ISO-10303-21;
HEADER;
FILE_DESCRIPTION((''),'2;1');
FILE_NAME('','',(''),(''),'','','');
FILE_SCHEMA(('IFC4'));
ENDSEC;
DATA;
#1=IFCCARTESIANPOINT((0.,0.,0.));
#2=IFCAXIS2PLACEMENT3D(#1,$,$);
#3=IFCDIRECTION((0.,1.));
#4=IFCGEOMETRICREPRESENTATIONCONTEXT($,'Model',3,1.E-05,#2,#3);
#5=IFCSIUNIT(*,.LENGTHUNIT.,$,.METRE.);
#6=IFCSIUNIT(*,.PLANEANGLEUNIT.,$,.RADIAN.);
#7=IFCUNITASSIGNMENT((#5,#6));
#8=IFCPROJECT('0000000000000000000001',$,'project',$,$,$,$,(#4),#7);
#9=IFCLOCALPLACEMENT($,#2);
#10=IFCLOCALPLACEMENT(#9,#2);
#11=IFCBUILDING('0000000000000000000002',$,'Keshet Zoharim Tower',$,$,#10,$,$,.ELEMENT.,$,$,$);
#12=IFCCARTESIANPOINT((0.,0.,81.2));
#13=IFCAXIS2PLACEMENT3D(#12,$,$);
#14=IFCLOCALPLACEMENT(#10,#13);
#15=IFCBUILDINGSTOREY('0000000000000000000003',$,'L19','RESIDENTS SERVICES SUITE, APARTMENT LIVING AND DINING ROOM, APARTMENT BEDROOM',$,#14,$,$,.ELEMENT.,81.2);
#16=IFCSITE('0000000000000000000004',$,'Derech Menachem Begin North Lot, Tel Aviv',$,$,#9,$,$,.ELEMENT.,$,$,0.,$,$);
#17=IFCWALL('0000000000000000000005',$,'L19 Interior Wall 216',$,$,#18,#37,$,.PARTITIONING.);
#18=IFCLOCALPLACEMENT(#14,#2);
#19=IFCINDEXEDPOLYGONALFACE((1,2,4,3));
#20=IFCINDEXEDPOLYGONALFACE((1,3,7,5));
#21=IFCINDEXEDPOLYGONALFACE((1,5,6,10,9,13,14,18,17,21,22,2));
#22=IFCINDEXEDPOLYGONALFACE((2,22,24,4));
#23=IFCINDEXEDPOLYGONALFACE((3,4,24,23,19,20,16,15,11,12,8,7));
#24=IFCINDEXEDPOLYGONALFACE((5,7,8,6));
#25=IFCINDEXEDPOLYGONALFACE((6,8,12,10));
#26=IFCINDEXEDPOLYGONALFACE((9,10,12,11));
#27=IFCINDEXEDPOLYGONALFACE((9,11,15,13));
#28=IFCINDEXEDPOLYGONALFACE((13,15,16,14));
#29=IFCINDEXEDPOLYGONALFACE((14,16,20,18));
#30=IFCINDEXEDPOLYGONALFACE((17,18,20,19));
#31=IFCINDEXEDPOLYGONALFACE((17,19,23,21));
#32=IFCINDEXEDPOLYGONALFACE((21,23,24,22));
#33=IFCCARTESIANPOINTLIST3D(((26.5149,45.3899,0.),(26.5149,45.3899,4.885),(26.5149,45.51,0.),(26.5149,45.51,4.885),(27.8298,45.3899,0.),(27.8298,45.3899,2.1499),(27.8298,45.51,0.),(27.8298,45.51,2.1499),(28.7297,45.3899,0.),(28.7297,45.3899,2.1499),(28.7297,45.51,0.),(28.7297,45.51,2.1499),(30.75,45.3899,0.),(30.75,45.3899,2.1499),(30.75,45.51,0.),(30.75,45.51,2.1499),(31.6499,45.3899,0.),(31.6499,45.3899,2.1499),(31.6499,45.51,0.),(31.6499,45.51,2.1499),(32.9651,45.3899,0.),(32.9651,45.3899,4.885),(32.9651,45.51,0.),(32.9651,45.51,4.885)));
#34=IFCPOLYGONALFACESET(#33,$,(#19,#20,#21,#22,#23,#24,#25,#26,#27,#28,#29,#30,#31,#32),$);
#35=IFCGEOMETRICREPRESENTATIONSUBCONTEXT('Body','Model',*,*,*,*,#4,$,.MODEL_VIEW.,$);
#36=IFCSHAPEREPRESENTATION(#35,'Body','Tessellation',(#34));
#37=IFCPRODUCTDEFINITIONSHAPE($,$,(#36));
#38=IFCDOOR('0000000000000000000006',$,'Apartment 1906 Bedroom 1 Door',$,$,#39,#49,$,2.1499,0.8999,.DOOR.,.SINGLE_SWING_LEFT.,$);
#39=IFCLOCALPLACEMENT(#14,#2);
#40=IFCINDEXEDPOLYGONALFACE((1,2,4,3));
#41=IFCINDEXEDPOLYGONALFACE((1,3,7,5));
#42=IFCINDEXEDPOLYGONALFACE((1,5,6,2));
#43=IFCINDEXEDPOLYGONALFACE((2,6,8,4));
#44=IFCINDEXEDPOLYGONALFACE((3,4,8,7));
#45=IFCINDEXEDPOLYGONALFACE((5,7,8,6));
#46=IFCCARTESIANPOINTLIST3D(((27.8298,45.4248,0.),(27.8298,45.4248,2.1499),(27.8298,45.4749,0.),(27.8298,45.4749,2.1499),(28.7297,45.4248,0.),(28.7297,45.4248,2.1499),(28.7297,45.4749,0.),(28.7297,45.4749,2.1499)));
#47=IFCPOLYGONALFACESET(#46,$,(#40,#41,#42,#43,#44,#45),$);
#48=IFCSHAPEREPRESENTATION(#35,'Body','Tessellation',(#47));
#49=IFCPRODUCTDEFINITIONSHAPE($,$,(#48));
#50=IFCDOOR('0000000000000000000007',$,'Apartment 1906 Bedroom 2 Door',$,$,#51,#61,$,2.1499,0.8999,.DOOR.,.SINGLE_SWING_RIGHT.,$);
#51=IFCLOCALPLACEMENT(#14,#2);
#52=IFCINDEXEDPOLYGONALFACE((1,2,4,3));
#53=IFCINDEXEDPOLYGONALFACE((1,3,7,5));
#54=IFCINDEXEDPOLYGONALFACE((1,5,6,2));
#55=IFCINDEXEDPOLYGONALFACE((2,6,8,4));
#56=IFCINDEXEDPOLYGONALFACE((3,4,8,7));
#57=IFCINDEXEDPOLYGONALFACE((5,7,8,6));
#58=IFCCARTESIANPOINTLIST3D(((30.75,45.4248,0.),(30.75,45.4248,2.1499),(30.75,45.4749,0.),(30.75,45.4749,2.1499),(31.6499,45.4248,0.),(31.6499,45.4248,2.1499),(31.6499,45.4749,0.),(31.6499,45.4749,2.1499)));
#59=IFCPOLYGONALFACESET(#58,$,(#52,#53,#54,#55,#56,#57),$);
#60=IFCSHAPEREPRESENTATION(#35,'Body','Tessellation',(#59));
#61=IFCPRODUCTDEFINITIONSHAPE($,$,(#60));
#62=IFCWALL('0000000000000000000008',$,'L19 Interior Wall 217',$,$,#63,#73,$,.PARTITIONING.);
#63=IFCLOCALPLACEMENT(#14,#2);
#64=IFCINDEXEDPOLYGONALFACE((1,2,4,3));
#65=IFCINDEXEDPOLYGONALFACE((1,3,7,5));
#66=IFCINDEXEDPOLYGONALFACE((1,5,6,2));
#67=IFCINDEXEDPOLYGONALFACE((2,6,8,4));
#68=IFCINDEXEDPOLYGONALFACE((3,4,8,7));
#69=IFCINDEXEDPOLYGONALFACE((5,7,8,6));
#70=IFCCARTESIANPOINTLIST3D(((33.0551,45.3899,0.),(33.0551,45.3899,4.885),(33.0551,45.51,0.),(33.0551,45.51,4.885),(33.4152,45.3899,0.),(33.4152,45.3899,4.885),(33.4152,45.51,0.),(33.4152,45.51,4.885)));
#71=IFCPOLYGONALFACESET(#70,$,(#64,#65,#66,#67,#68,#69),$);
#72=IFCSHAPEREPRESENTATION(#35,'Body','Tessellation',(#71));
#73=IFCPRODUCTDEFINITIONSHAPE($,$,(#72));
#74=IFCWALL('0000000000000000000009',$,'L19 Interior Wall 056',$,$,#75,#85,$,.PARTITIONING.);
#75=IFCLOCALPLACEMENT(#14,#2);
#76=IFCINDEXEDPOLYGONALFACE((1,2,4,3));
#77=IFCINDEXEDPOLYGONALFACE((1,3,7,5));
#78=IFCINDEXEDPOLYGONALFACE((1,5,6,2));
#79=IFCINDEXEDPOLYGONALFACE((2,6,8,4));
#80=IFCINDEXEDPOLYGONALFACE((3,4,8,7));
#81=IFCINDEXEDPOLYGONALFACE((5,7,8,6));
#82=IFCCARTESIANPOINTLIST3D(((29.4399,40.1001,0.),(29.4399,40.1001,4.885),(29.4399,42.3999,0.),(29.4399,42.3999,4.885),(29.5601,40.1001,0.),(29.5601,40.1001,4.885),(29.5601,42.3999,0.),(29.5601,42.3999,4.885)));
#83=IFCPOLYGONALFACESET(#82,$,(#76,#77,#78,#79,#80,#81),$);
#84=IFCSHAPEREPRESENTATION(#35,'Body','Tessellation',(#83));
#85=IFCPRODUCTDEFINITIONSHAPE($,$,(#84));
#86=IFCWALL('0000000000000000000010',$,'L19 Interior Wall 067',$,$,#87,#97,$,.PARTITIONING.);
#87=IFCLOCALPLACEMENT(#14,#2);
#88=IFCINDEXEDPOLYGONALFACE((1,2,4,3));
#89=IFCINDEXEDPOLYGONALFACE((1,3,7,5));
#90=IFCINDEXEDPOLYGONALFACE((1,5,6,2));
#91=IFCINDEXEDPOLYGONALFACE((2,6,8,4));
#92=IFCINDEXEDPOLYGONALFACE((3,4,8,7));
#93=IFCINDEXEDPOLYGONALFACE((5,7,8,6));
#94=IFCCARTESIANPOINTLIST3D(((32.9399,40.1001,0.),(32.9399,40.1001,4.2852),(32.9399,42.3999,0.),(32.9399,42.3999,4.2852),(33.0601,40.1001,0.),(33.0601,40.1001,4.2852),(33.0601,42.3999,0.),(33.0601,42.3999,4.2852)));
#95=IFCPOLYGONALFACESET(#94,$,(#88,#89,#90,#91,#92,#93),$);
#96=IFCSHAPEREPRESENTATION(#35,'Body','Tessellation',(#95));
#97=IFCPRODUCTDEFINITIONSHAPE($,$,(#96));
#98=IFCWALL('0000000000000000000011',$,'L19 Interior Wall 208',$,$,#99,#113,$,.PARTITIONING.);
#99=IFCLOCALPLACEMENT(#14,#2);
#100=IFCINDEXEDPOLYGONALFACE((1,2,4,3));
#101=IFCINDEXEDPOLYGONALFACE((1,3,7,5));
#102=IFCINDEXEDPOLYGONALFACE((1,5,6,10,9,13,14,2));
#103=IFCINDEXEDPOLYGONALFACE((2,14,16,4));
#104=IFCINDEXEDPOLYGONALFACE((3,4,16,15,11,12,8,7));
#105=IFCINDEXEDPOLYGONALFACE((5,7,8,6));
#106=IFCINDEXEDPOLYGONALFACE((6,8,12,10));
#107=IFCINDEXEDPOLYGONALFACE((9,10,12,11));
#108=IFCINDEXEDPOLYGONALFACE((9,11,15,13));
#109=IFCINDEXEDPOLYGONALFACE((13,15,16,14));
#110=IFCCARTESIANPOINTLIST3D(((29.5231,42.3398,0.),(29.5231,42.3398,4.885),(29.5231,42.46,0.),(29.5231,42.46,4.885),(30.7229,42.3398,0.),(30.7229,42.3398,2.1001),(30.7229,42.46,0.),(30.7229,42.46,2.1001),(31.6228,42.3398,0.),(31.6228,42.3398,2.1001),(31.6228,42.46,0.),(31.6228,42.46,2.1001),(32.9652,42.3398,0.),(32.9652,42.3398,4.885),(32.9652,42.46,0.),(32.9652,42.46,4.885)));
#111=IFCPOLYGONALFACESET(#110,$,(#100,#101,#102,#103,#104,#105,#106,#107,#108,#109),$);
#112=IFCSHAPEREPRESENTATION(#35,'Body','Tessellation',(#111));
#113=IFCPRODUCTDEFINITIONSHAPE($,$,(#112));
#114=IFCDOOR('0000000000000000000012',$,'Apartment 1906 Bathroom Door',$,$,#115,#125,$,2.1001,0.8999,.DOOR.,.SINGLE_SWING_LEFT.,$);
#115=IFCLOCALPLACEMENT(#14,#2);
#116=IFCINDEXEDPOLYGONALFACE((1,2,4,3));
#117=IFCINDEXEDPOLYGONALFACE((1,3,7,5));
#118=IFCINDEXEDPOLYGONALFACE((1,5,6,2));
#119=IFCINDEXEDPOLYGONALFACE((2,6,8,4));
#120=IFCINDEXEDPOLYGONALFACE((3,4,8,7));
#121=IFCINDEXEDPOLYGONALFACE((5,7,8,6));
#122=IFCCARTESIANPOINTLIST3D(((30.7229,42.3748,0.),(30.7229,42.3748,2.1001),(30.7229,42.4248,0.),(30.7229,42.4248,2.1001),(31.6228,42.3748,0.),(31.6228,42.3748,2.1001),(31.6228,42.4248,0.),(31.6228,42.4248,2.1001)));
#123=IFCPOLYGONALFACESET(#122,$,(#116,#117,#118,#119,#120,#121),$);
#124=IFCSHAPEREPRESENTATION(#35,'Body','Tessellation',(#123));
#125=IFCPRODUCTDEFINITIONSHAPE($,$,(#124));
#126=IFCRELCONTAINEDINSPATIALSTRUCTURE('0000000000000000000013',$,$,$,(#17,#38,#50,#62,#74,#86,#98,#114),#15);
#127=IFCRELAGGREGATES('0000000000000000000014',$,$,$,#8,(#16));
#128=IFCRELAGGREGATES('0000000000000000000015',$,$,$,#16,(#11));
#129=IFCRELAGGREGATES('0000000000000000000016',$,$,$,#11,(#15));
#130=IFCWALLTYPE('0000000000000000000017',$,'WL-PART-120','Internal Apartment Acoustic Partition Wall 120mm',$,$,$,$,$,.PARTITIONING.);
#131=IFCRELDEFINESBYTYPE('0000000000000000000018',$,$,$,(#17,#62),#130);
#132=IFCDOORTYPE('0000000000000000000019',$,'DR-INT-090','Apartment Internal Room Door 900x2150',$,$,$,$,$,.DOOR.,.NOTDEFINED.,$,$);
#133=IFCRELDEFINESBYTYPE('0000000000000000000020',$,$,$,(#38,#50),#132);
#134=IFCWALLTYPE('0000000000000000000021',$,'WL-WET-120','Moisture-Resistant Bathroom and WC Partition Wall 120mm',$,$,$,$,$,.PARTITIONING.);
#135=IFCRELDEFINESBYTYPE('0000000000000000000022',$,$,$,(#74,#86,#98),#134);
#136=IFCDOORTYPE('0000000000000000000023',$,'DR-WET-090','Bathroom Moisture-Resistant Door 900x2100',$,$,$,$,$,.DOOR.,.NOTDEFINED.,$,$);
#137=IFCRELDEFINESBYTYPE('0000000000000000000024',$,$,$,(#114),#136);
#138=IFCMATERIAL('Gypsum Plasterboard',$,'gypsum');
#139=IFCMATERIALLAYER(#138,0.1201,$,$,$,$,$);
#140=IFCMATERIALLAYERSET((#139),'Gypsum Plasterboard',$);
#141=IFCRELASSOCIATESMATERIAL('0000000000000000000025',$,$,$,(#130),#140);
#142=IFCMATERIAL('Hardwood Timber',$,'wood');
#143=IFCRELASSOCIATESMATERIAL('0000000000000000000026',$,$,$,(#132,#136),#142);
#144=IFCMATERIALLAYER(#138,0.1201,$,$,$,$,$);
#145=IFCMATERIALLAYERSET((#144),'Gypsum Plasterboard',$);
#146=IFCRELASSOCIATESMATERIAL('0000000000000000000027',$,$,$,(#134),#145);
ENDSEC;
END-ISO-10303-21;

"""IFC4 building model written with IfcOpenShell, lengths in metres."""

from ifc_helpers import new_model, si_unit, direction, frame, frame_2d, origin, place, context, subcontext, project, spatial, rectangle, extrude, material, layer, layer_set, type_object, element, fill, save


model = new_model("IFC4")

# Units and contexts
model_context = context("Model", 3, precision=1e-05, world=origin(), true_north=direction((0.0, 1.0)))
body_context = subcontext(model_context, "Body", "Model", "MODEL_VIEW")
ifc_project = project(units=[si_unit("LENGTHUNIT", "METRE"), si_unit("PLANEANGLEUNIT", "RADIAN")], contexts=[model_context])

# Site, building, storey
site_placement = place(None, origin())
site = spatial("IfcSite", under=ifc_project, at=site_placement, Name="Derech Menachem Begin North Lot, Tel Aviv", CompositionType="ELEMENT", RefElevation=0.0)
building_placement = place(site_placement, origin())
building = spatial("IfcBuilding", under=site, at=building_placement, Name="Keshet Zoharim Tower", CompositionType="ELEMENT")
storey_placement = place(building_placement, frame((0.0, 0.0, 81.2)))
storey = spatial("IfcBuildingStorey", under=building, at=storey_placement, Name="L19", Description="RESIDENTS SERVICES SUITE, APARTMENT LIVING AND DINING ROOM, APARTMENT BEDROOM", CompositionType="ELEMENT", Elevation=81.2)

# Shared definitions
ifc_material_1 = material(Name="Gypsum Plasterboard", Category="gypsum")

# Shared definitions
ifc_material_2 = material(Name="Hardwood Timber", Category="wood")

# Shared definitions
ifc_layer_1 = layer(ifc_material_1, 0.1201)
ifc_layer_set_1 = layer_set([ifc_layer_1], Name="Gypsum Plasterboard")
wall_type_1 = type_object("IfcWallType", Name="WL-PART-120", Description="Internal Apartment Acoustic Partition Wall 120mm", PredefinedType="PARTITIONING", material=ifc_layer_set_1)

# Shared definitions
door_type_1 = type_object("IfcDoorType", Name="DR-INT-090", Description="Apartment Internal Room Door 900x2150", OperationType="NOTDEFINED", PredefinedType="DOOR", material=ifc_material_2)

# Wall, openings, doors
wall_1_placement = place(storey_placement, frame((26.5149, 45.45, 0.0), z_axis=(0.0, 0.0, 1.0), x_axis=(1.0, 0.0, 0.0)))
wall_1 = element("IfcWall", 1, at=wall_1_placement, inside=storey, type_object=wall_type_1, Name="L19 Interior Wall 216", PredefinedType="PARTITIONING", context=body_context, shape_type="SweptSolid", body=[
    extrude(rectangle(XDim=6.4502, YDim=0.1201, at=frame_2d((3.2251, 0.0))), origin(), (0.0, 0.0, 1.0), 4.885),
])
opening_1_placement = place(wall_1_placement, frame((1.3149, 0.0, 0.0)))
opening_1 = element("IfcOpeningElement", 2, at=opening_1_placement, cuts=wall_1, PredefinedType="OPENING", context=body_context, shape_type="SweptSolid", body=[
    extrude(rectangle(XDim=0.8999, YDim=2.1499, at=frame_2d((0.45, 1.075))), frame((0.0, 0.0701, 0.0), z_axis=(0.0, -1.0, 0.0), x_axis=(1.0, 0.0, 0.0)), (0.0, 0.0, 1.0), 0.1401),
])
opening_2_placement = place(wall_1_placement, frame((4.2351, 0.0, 0.0)))
opening_2 = element("IfcOpeningElement", 3, at=opening_2_placement, cuts=wall_1, PredefinedType="OPENING", context=body_context, shape_type="SweptSolid", body=[
    extrude(rectangle(XDim=0.8999, YDim=2.1499, at=frame_2d((0.45, 1.075))), frame((0.0, 0.0701, 0.0), z_axis=(0.0, -1.0, 0.0), x_axis=(1.0, 0.0, 0.0)), (0.0, 0.0, 1.0), 0.1401),
])
door_1_placement = place(opening_1_placement, origin())
door_1 = element("IfcDoor", 4, at=door_1_placement, inside=storey, type_object=door_type_1, Name="Apartment 1906 Bedroom 1 Door", OperationType="SINGLE_SWING_LEFT", OverallHeight=2.1499, OverallWidth=0.8999, PredefinedType="DOOR", context=body_context, shape_type="SweptSolid", body=[
    extrude(rectangle(XDim=0.8999, YDim=2.1499, at=frame_2d((0.45, 1.075))), frame((0.0, 0.0249, 0.0), z_axis=(0.0, -1.0, 0.0), x_axis=(1.0, 0.0, 0.0)), (0.0, 0.0, 1.0), 0.05),
])
fill(opening_1, door_1)
door_2_placement = place(opening_2_placement, origin())
door_2 = element("IfcDoor", 5, at=door_2_placement, inside=storey, type_object=door_type_1, Name="Apartment 1906 Bedroom 2 Door", OperationType="SINGLE_SWING_RIGHT", OverallHeight=2.1499, OverallWidth=0.8999, PredefinedType="DOOR", context=body_context, shape_type="SweptSolid", body=[
    extrude(rectangle(XDim=0.8999, YDim=2.1499, at=frame_2d((0.45, 1.075))), frame((0.0, 0.0249, 0.0), z_axis=(0.0, -1.0, 0.0), x_axis=(1.0, 0.0, 0.0)), (0.0, 0.0, 1.0), 0.05),
])
fill(opening_2, door_2)

# Walls
wall_2_placement = place(storey_placement, frame((33.0549, 45.45, 0.0), z_axis=(0.0, 0.0, 1.0), x_axis=(1.0, 0.0, 0.0)))
element("IfcWall", 6, at=wall_2_placement, inside=storey, type_object=wall_type_1, Name="L19 Interior Wall 217", PredefinedType="PARTITIONING", context=body_context, shape_type="SweptSolid", body=[
    extrude(rectangle(XDim=0.3601, YDim=0.1201, at=frame_2d((0.1802, 0.0))), origin(), (0.0, 0.0, 1.0), 4.885),
])
ifc_layer_2 = layer(ifc_material_1, 0.1201)
ifc_layer_set_2 = layer_set([ifc_layer_2], Name="Gypsum Plasterboard")
wall_type_2 = type_object("IfcWallType", Name="WL-WET-120", Description="Moisture-Resistant Bathroom and WC Partition Wall 120mm", PredefinedType="PARTITIONING", material=ifc_layer_set_2)
wall_3_placement = place(storey_placement, frame((29.5, 40.1001, 0.0), z_axis=(0.0, 0.0, 1.0), x_axis=(0.0, 1.0, 0.0)))
element("IfcWall", 7, at=wall_3_placement, inside=storey, type_object=wall_type_2, Name="L19 Interior Wall 056", PredefinedType="PARTITIONING", context=body_context, shape_type="SweptSolid", body=[
    extrude(rectangle(XDim=2.2998, YDim=0.1201, at=frame_2d((1.1499, 0.0))), origin(), (0.0, 0.0, 1.0), 4.885),
])
wall_4_placement = place(storey_placement, frame((33.0, 40.1001, 0.0), z_axis=(0.0, 0.0, 1.0), x_axis=(0.0, 1.0, 0.0)))
element("IfcWall", 8, at=wall_4_placement, inside=storey, type_object=wall_type_2, Name="L19 Interior Wall 067", PredefinedType="PARTITIONING", context=body_context, shape_type="SweptSolid", body=[
    extrude(rectangle(XDim=2.2998, YDim=0.1201, at=frame_2d((1.1499, 0.0))), origin(), (0.0, 0.0, 1.0), 4.2852),
])

# Wall, opening, door
wall_5_placement = place(storey_placement, frame((29.5229, 42.3999, 0.0), z_axis=(0.0, 0.0, 1.0), x_axis=(1.0, 0.0, 0.0)))
wall_5 = element("IfcWall", 9, at=wall_5_placement, inside=storey, type_object=wall_type_2, Name="L19 Interior Wall 208", PredefinedType="PARTITIONING", context=body_context, shape_type="SweptSolid", body=[
    extrude(rectangle(XDim=3.4421, YDim=0.1201, at=frame_2d((1.7212, 0.0))), origin(), (0.0, 0.0, 1.0), 4.885),
])
opening_3_placement = place(wall_5_placement, frame((1.2, 0.0, 0.0)))
opening_3 = element("IfcOpeningElement", 10, at=opening_3_placement, cuts=wall_5, PredefinedType="OPENING", context=body_context, shape_type="SweptSolid", body=[
    extrude(rectangle(XDim=0.8999, YDim=2.1001, at=frame_2d((0.45, 1.05))), frame((0.0, 0.0701, 0.0), z_axis=(0.0, -1.0, 0.0), x_axis=(1.0, 0.0, 0.0)), (0.0, 0.0, 1.0), 0.1401),
])
door_type_2 = type_object("IfcDoorType", Name="DR-WET-090", Description="Bathroom Moisture-Resistant Door 900x2100", OperationType="NOTDEFINED", PredefinedType="DOOR", material=ifc_material_2)
door_3_placement = place(opening_3_placement, origin())
door_3 = element("IfcDoor", 11, at=door_3_placement, inside=storey, type_object=door_type_2, Name="Apartment 1906 Bathroom Door", OperationType="SINGLE_SWING_LEFT", OverallHeight=2.1001, OverallWidth=0.8999, PredefinedType="DOOR", context=body_context, shape_type="SweptSolid", body=[
    extrude(rectangle(XDim=0.8999, YDim=2.1001, at=frame_2d((0.45, 1.05))), frame((0.0, 0.0249, 0.0), z_axis=(0.0, -1.0, 0.0), x_axis=(1.0, 0.0, 0.0)), (0.0, 0.0, 1.0), 0.05),
])
fill(opening_3, door_3)

save(model, "model.ifc")
